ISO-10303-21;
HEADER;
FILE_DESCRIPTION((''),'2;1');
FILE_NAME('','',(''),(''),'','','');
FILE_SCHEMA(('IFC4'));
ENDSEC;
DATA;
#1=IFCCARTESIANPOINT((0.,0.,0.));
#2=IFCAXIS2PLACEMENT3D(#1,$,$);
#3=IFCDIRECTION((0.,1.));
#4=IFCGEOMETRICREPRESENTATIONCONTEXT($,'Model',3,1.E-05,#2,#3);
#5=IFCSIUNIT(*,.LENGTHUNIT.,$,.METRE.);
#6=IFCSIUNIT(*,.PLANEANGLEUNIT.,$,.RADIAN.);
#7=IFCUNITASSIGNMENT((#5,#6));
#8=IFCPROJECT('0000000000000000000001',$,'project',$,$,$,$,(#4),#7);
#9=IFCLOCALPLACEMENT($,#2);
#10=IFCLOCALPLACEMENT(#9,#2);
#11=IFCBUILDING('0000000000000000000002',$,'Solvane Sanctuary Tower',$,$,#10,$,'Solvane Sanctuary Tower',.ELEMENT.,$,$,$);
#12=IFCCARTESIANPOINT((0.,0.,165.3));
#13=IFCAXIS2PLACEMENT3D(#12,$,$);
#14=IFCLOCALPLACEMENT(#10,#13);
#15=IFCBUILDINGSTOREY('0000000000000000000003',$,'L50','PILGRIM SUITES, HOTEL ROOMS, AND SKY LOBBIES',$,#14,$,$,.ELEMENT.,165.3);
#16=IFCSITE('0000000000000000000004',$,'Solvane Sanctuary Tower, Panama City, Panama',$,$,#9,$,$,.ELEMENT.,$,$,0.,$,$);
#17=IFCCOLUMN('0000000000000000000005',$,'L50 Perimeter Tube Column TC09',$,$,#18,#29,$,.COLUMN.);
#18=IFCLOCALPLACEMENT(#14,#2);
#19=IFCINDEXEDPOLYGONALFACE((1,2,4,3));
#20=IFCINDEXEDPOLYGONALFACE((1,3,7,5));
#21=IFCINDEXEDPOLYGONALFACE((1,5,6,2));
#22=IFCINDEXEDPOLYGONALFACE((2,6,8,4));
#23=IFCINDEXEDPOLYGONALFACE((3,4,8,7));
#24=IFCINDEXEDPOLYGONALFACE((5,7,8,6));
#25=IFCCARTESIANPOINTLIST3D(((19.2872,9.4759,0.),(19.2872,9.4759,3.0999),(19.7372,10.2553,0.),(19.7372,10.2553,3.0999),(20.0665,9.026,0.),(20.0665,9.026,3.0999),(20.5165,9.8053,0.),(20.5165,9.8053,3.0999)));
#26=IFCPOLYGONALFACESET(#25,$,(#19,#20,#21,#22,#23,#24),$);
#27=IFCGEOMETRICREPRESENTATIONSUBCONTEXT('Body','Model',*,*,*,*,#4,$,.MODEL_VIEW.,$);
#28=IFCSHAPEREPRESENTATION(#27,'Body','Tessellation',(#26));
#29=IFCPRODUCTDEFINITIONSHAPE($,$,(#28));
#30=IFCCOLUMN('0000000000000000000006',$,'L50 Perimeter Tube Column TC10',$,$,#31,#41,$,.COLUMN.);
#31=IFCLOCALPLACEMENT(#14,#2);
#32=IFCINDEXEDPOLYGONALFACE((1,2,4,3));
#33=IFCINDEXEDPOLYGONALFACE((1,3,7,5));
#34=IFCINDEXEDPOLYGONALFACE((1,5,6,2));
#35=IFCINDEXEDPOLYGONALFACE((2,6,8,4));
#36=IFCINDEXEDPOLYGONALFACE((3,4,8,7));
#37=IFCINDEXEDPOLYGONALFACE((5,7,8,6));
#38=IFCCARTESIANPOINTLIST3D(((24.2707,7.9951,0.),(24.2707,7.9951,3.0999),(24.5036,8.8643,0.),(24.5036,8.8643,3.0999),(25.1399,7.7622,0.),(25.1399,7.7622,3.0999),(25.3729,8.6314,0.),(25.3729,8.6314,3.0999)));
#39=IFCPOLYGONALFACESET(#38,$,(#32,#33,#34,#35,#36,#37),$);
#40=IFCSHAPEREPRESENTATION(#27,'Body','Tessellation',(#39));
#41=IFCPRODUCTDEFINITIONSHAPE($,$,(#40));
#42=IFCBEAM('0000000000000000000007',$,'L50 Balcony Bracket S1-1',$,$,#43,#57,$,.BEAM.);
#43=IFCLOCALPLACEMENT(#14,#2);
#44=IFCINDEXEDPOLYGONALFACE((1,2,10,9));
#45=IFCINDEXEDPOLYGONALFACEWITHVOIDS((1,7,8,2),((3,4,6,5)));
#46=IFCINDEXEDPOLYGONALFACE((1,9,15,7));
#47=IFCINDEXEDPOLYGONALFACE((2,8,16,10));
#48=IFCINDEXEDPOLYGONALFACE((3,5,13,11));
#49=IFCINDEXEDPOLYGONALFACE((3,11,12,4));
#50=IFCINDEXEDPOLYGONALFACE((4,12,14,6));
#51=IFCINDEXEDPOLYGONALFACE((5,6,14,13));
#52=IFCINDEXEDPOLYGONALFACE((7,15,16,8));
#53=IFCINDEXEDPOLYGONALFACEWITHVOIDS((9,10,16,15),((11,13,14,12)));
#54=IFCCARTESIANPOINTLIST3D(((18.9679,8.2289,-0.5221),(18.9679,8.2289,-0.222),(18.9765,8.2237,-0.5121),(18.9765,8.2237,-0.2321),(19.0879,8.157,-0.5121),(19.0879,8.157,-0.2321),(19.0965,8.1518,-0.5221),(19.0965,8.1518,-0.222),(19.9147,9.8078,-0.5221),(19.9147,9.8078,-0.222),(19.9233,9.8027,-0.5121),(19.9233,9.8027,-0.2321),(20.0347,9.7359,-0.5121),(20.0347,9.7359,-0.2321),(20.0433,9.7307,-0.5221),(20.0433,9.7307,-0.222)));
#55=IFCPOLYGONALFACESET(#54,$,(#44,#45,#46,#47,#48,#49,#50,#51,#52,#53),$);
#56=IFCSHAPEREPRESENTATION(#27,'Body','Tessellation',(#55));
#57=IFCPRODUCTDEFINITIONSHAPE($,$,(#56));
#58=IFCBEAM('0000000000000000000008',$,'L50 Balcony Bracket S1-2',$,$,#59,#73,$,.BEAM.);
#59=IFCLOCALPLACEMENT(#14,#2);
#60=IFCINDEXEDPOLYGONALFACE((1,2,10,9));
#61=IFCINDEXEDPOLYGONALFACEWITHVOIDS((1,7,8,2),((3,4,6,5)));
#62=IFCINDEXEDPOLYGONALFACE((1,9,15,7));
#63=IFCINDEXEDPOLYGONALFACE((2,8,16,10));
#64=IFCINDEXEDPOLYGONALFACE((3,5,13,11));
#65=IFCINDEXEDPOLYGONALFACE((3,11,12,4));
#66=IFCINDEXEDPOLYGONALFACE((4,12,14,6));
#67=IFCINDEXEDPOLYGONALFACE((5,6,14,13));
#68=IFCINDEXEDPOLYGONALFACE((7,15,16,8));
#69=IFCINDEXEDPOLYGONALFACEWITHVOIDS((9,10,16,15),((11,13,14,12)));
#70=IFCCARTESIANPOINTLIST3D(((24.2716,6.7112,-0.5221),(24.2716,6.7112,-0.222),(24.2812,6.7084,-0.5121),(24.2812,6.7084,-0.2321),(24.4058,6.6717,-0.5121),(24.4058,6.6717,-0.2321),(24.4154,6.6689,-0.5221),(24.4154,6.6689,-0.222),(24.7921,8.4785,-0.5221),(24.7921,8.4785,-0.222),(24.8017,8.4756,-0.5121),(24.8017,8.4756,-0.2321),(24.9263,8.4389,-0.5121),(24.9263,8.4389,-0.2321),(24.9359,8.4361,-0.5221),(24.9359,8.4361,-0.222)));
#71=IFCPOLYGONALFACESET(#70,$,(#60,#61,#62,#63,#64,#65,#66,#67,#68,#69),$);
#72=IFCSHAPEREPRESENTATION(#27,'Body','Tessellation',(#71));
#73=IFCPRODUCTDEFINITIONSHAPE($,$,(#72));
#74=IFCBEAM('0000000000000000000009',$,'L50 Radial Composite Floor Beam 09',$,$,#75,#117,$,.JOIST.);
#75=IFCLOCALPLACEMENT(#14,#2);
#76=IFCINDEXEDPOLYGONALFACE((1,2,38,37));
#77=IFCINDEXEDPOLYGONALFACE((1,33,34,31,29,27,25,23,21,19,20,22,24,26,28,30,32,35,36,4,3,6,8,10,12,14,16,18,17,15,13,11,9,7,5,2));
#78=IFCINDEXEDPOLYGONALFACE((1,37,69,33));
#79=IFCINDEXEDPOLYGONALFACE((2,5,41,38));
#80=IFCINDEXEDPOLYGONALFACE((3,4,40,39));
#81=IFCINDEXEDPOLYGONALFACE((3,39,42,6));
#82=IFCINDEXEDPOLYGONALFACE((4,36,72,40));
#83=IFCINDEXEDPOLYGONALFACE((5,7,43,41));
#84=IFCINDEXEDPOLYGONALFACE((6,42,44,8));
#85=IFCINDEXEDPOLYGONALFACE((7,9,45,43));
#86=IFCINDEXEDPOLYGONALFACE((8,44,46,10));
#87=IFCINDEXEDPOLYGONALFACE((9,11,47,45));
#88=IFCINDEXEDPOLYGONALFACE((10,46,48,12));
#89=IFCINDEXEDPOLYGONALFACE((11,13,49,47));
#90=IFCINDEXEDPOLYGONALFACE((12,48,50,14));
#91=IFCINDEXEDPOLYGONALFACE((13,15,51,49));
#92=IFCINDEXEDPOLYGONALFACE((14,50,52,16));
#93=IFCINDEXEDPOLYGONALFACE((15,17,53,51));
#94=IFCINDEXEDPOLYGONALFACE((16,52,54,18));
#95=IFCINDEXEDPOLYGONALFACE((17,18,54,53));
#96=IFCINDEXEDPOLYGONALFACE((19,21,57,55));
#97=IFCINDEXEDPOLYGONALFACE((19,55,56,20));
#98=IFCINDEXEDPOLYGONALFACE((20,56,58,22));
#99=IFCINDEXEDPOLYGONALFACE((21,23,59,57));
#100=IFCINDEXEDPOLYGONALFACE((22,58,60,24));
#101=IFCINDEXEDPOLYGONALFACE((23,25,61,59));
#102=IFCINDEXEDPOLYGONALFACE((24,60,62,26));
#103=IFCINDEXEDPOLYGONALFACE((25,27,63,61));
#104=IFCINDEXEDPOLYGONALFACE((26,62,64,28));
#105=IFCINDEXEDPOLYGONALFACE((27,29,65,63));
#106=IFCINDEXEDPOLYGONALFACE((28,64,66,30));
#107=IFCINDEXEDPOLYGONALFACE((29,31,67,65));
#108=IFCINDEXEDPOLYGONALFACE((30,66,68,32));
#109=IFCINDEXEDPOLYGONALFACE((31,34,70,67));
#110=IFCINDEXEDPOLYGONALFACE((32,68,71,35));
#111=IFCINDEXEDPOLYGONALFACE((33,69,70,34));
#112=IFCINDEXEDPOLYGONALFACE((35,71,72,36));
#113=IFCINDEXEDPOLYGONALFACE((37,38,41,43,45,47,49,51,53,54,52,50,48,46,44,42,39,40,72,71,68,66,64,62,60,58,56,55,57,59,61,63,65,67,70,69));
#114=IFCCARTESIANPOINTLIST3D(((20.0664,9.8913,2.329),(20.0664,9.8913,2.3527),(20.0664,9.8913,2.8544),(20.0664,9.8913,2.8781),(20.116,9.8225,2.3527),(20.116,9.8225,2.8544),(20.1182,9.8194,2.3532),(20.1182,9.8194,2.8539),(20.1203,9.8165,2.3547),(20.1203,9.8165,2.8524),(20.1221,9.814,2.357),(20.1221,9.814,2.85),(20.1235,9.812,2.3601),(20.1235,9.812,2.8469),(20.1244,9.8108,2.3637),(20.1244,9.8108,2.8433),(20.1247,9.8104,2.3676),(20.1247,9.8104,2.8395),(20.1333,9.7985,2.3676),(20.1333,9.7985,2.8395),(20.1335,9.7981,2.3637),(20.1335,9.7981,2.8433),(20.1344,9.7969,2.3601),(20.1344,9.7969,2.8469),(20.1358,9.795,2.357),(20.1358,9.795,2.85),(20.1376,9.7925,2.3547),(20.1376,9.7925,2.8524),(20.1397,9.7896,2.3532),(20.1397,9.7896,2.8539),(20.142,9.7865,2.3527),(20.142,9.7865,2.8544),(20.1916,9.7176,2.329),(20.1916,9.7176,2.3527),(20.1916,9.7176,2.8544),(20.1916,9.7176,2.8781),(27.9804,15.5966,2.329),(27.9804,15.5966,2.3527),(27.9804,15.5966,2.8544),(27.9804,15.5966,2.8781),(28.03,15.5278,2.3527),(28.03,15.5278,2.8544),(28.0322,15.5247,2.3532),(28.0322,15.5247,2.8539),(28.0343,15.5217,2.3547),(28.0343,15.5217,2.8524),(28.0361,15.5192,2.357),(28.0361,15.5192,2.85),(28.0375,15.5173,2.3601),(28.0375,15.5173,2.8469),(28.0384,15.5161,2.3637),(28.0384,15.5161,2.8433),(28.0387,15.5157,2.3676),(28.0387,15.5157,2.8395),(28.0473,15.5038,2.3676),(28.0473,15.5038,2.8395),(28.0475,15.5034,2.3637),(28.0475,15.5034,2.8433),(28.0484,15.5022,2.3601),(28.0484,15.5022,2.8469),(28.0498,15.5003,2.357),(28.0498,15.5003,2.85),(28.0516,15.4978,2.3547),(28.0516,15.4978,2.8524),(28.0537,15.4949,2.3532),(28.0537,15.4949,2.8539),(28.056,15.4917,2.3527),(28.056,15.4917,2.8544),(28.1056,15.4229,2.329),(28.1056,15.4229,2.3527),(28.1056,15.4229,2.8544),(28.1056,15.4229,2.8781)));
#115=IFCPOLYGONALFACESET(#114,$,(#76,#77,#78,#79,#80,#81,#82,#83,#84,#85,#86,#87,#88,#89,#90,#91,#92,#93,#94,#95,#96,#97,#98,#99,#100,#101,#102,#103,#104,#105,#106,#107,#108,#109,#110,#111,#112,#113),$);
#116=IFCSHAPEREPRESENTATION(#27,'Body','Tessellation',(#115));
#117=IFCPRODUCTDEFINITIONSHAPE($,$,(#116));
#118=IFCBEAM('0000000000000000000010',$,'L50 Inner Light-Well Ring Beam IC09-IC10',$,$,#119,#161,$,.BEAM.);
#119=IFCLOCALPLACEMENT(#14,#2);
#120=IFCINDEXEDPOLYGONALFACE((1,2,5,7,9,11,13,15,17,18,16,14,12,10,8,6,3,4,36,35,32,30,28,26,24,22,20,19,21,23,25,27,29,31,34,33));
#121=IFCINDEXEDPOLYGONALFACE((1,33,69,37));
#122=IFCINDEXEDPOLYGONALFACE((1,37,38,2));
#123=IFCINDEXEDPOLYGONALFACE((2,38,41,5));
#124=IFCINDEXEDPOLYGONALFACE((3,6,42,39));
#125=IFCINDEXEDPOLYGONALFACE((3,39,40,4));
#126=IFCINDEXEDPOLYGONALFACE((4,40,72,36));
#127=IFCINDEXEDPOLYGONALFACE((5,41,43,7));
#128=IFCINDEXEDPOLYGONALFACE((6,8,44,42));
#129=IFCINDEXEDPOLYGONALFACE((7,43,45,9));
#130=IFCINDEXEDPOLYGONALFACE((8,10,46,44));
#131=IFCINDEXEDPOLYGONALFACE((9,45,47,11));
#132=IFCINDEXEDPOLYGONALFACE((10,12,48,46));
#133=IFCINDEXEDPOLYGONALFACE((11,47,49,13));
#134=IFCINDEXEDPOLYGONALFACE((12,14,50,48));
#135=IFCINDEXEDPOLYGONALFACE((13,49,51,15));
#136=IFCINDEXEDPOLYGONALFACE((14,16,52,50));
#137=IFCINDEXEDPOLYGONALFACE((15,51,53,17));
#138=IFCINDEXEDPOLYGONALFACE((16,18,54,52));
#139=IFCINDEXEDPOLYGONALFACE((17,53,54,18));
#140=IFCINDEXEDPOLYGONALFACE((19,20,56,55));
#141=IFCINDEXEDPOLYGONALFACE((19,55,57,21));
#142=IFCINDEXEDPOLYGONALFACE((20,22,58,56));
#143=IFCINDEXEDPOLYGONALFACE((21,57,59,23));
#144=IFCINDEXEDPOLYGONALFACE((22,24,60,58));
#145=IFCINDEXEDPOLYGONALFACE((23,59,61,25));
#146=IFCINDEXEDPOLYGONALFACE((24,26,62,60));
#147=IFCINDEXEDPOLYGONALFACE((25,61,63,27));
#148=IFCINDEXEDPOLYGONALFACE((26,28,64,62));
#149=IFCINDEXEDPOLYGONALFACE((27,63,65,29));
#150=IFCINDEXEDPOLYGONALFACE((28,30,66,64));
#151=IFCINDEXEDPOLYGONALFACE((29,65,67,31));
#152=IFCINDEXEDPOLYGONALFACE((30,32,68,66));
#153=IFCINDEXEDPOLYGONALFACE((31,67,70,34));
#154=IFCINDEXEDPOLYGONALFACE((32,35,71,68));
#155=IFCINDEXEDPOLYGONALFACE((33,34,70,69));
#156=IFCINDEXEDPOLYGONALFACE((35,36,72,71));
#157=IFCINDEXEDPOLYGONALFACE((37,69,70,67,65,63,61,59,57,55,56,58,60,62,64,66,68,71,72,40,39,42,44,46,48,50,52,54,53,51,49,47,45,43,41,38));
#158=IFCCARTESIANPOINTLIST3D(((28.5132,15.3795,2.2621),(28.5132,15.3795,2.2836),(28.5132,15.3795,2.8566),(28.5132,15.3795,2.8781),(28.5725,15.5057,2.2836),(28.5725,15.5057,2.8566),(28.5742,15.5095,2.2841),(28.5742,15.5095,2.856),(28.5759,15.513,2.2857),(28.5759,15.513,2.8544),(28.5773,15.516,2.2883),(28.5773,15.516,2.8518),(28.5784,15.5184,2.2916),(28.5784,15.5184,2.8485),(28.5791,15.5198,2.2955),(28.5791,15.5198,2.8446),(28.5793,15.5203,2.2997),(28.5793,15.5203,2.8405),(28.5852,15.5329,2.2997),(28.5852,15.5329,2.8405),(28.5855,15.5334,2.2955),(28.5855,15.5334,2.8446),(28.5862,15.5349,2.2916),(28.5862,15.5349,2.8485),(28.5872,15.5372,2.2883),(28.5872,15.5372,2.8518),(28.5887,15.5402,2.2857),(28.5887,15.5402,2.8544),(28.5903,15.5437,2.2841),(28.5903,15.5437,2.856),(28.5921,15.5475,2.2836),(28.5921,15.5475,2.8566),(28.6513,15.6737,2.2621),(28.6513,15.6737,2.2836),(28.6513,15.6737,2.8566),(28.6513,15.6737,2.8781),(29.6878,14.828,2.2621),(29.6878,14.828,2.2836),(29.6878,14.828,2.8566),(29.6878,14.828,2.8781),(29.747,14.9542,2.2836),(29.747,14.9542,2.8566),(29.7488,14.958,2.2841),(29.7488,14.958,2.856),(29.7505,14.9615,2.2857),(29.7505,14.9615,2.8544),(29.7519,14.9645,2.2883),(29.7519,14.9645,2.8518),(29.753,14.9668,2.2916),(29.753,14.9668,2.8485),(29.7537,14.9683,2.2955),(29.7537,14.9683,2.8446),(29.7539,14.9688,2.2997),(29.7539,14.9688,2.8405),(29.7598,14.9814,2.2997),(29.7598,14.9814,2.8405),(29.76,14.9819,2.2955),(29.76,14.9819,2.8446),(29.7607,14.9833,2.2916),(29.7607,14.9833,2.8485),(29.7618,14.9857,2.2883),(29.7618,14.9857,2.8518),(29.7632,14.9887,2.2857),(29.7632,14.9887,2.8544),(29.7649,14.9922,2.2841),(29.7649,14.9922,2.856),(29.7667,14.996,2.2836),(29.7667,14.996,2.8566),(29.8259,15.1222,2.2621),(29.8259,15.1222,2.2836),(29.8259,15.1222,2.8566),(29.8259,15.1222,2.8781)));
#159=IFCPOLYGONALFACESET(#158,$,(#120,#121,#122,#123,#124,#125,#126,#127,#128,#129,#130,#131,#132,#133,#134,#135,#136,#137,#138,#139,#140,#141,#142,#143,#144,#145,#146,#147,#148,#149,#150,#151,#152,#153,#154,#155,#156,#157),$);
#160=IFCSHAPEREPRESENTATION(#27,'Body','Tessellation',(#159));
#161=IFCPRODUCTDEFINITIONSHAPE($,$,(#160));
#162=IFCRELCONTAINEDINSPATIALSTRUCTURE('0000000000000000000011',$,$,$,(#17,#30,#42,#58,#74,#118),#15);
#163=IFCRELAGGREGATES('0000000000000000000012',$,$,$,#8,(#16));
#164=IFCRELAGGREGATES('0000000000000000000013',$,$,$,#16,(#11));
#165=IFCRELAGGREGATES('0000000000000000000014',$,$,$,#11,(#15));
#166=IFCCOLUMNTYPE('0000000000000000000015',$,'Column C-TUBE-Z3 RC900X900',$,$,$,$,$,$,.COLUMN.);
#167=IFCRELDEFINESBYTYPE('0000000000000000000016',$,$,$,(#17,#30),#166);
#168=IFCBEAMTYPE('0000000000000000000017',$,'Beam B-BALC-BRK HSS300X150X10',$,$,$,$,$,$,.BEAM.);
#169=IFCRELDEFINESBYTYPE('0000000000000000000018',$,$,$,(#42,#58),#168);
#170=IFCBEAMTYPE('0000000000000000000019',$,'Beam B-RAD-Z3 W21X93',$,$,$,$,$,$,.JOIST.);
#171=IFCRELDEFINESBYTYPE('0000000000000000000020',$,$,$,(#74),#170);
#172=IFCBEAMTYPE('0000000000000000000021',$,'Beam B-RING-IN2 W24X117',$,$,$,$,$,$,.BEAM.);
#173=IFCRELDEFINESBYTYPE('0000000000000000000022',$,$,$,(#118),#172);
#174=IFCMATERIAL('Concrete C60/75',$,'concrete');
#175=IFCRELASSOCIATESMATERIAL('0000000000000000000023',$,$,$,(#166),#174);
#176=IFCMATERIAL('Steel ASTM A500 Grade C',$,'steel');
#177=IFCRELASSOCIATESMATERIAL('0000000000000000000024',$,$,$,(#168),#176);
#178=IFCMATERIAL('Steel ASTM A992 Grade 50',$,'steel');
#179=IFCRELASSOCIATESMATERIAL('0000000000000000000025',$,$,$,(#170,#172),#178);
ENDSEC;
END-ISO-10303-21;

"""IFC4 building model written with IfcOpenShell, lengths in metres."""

from ifc_helpers import new_model, si_unit, direction, frame, origin, origin_2d, place, context, subcontext, project, spatial, rectangle, hollow_rectangle, i_section, extrude, material, material_profile, profile_set, type_object, element, save


model = new_model("IFC4")

# Units and contexts
model_context = context("Model", 3, precision=1e-05, world=origin(), true_north=direction((0.0, 1.0)))
body_context = subcontext(model_context, "Body", "Model", "MODEL_VIEW")
ifc_project = project(units=[si_unit("LENGTHUNIT", "METRE"), si_unit("PLANEANGLEUNIT", "RADIAN")], contexts=[model_context])

# Site, building, storey
site_placement = place(None, origin())
site = spatial("IfcSite", under=ifc_project, at=site_placement, Name="Solvane Sanctuary Tower, Panama City, Panama", CompositionType="ELEMENT", RefElevation=0.0)
building_placement = place(site_placement, origin())
building = spatial("IfcBuilding", under=site, at=building_placement, Name="Solvane Sanctuary Tower", LongName="Solvane Sanctuary Tower", CompositionType="ELEMENT")
storey_placement = place(building_placement, frame((0.0, 0.0, 165.3)))
storey = spatial("IfcBuildingStorey", under=building, at=storey_placement, Name="L50", Description="PILGRIM SUITES, HOTEL ROOMS, AND SKY LOBBIES", CompositionType="ELEMENT", Elevation=165.3)

# Columns
ifc_material_1 = material(Name="Concrete C60/75", Category="concrete")
ifc_material_profile_1 = material_profile(ifc_material_1, rectangle(XDim=0.8999, YDim=0.8999, at=origin_2d()), Name="RC900X900")
ifc_profile_set_1 = profile_set([ifc_material_profile_1], Name="Concrete C60/75")
column_type = type_object("IfcColumnType", Name="Column C-TUBE-Z3 RC900X900", PredefinedType="COLUMN", material=ifc_profile_set_1)
for number, where, z_axis, x_axis, name in (
    (1, (19.9019, 9.6406, 0.0), (0.0, 0.0, 1.0), (-0.5, -0.866025, 0.0), "L50 Perimeter Tube Column TC09"),
    (2, (24.8218, 8.3132, 0.0), (0.0, 0.0, 1.0), (-0.258819, -0.965926, 0.0), "L50 Perimeter Tube Column TC10"),
):
    element("IfcColumn", number, at=place(storey_placement, frame(where, z_axis=z_axis, x_axis=x_axis)), inside=storey, type_object=column_type, Name=name, PredefinedType="COLUMN", context=body_context, shape_type="SweptSolid", body=[
        extrude(rectangle(XDim=0.8999, YDim=0.8999, at=origin_2d()), origin(), (0.0, 0.0, 1.0), 3.0999),
    ])

# Beams
ifc_material_2 = material(Name="Steel ASTM A500 Grade C", Category="steel")
ifc_material_profile_2 = material_profile(ifc_material_2, hollow_rectangle(XDim=0.1499, YDim=0.3, WallThickness=0.01, at=origin_2d()), Name="HSS300X150X10")
ifc_profile_set_2 = profile_set([ifc_material_profile_2], Name="Steel ASTM A500 Grade C")
beam_type_1 = type_object("IfcBeamType", Name="Beam B-BALC-BRK HSS300X150X10", PredefinedType="BEAM", material=ifc_profile_set_2)
beam_1_placement = place(storey_placement, frame((19.979, 9.7693, -0.3721), z_axis=(-0.514281, -0.857622, 0.0), x_axis=(0.857622, -0.514281, 0.0)))
element("IfcBeam", 3, at=beam_1_placement, inside=storey, type_object=beam_type_1, Name="L50 Balcony Bracket S1-1", PredefinedType="BEAM", context=body_context, shape_type="SweptSolid", body=[
    extrude(hollow_rectangle(XDim=0.1499, YDim=0.3, WallThickness=0.01, at=origin_2d()), origin(), (0.0, 0.0, 1.0), 1.8411),
])
beam_2_placement = place(storey_placement, frame((24.864, 8.4573, -0.3721), z_axis=(-0.282518, -0.959262, 0.0), x_axis=(0.959262, -0.282518, 0.0)))
element("IfcBeam", 4, at=beam_2_placement, inside=storey, type_object=beam_type_1, Name="L50 Balcony Bracket S1-2", PredefinedType="BEAM", context=body_context, shape_type="SweptSolid", body=[
    extrude(hollow_rectangle(XDim=0.1499, YDim=0.3, WallThickness=0.01, at=origin_2d()), origin(), (0.0, 0.0, 1.0), 1.8423),
])
ifc_material_3 = material(Name="Steel ASTM A992 Grade 50", Category="steel")
ifc_material_profile_3 = material_profile(ifc_material_3, i_section(OverallWidth=0.2141, OverallDepth=0.5491, WebThickness=0.0146, FlangeThickness=0.0237, FilletRadius=0.0149, at=origin_2d()), Name="W21X93")
ifc_profile_set_3 = profile_set([ifc_material_profile_3], Name="Steel ASTM A992 Grade 50")
beam_type_2 = type_object("IfcBeamType", Name="Beam B-RAD-Z3 W21X93", PredefinedType="JOIST", material=ifc_profile_set_3)
beam_3_placement = place(storey_placement, frame((28.043, 15.5098, 2.6035), z_axis=(-0.811184, -0.58479, 0.0), x_axis=(0.58479, -0.811184, 0.0)))
element("IfcBeam", 5, at=beam_3_placement, inside=storey, type_object=beam_type_2, Name="L50 Radial Composite Floor Beam 09", PredefinedType="JOIST", context=body_context, shape_type="SweptSolid", body=[
    extrude(i_section(OverallWidth=0.2141, OverallDepth=0.5491, WebThickness=0.0146, FlangeThickness=0.0237, FilletRadius=0.0149, at=origin_2d()), origin(), (0.0, 0.0, 1.0), 9.7561),
])
ifc_material_profile_4 = material_profile(ifc_material_3, i_section(OverallWidth=0.325, OverallDepth=0.616, WebThickness=0.0139, FlangeThickness=0.0215, FilletRadius=0.0161, at=origin_2d()), Name="W24X117")
ifc_profile_set_4 = profile_set([ifc_material_profile_4], Name="Steel ASTM A992 Grade 50")
beam_type_3 = type_object("IfcBeamType", Name="Beam B-RING-IN2 W24X117", PredefinedType="BEAM", material=ifc_profile_set_4)
beam_4_placement = place(storey_placement, frame((28.5823, 15.5266, 2.5701), z_axis=(0.905181, -0.425027, 0.0), x_axis=(0.425027, 0.905181, 0.0)))
element("IfcBeam", 6, at=beam_4_placement, inside=storey, type_object=beam_type_3, Name="L50 Inner Light-Well Ring Beam IC09-IC10", PredefinedType="BEAM", context=body_context, shape_type="SweptSolid", body=[
    extrude(i_section(OverallWidth=0.325, OverallDepth=0.616, WebThickness=0.0139, FlangeThickness=0.0215, FilletRadius=0.0161, at=origin_2d()), origin(), (0.0, 0.0, 1.0), 1.2976),
])

save(model, "model.ifc")
